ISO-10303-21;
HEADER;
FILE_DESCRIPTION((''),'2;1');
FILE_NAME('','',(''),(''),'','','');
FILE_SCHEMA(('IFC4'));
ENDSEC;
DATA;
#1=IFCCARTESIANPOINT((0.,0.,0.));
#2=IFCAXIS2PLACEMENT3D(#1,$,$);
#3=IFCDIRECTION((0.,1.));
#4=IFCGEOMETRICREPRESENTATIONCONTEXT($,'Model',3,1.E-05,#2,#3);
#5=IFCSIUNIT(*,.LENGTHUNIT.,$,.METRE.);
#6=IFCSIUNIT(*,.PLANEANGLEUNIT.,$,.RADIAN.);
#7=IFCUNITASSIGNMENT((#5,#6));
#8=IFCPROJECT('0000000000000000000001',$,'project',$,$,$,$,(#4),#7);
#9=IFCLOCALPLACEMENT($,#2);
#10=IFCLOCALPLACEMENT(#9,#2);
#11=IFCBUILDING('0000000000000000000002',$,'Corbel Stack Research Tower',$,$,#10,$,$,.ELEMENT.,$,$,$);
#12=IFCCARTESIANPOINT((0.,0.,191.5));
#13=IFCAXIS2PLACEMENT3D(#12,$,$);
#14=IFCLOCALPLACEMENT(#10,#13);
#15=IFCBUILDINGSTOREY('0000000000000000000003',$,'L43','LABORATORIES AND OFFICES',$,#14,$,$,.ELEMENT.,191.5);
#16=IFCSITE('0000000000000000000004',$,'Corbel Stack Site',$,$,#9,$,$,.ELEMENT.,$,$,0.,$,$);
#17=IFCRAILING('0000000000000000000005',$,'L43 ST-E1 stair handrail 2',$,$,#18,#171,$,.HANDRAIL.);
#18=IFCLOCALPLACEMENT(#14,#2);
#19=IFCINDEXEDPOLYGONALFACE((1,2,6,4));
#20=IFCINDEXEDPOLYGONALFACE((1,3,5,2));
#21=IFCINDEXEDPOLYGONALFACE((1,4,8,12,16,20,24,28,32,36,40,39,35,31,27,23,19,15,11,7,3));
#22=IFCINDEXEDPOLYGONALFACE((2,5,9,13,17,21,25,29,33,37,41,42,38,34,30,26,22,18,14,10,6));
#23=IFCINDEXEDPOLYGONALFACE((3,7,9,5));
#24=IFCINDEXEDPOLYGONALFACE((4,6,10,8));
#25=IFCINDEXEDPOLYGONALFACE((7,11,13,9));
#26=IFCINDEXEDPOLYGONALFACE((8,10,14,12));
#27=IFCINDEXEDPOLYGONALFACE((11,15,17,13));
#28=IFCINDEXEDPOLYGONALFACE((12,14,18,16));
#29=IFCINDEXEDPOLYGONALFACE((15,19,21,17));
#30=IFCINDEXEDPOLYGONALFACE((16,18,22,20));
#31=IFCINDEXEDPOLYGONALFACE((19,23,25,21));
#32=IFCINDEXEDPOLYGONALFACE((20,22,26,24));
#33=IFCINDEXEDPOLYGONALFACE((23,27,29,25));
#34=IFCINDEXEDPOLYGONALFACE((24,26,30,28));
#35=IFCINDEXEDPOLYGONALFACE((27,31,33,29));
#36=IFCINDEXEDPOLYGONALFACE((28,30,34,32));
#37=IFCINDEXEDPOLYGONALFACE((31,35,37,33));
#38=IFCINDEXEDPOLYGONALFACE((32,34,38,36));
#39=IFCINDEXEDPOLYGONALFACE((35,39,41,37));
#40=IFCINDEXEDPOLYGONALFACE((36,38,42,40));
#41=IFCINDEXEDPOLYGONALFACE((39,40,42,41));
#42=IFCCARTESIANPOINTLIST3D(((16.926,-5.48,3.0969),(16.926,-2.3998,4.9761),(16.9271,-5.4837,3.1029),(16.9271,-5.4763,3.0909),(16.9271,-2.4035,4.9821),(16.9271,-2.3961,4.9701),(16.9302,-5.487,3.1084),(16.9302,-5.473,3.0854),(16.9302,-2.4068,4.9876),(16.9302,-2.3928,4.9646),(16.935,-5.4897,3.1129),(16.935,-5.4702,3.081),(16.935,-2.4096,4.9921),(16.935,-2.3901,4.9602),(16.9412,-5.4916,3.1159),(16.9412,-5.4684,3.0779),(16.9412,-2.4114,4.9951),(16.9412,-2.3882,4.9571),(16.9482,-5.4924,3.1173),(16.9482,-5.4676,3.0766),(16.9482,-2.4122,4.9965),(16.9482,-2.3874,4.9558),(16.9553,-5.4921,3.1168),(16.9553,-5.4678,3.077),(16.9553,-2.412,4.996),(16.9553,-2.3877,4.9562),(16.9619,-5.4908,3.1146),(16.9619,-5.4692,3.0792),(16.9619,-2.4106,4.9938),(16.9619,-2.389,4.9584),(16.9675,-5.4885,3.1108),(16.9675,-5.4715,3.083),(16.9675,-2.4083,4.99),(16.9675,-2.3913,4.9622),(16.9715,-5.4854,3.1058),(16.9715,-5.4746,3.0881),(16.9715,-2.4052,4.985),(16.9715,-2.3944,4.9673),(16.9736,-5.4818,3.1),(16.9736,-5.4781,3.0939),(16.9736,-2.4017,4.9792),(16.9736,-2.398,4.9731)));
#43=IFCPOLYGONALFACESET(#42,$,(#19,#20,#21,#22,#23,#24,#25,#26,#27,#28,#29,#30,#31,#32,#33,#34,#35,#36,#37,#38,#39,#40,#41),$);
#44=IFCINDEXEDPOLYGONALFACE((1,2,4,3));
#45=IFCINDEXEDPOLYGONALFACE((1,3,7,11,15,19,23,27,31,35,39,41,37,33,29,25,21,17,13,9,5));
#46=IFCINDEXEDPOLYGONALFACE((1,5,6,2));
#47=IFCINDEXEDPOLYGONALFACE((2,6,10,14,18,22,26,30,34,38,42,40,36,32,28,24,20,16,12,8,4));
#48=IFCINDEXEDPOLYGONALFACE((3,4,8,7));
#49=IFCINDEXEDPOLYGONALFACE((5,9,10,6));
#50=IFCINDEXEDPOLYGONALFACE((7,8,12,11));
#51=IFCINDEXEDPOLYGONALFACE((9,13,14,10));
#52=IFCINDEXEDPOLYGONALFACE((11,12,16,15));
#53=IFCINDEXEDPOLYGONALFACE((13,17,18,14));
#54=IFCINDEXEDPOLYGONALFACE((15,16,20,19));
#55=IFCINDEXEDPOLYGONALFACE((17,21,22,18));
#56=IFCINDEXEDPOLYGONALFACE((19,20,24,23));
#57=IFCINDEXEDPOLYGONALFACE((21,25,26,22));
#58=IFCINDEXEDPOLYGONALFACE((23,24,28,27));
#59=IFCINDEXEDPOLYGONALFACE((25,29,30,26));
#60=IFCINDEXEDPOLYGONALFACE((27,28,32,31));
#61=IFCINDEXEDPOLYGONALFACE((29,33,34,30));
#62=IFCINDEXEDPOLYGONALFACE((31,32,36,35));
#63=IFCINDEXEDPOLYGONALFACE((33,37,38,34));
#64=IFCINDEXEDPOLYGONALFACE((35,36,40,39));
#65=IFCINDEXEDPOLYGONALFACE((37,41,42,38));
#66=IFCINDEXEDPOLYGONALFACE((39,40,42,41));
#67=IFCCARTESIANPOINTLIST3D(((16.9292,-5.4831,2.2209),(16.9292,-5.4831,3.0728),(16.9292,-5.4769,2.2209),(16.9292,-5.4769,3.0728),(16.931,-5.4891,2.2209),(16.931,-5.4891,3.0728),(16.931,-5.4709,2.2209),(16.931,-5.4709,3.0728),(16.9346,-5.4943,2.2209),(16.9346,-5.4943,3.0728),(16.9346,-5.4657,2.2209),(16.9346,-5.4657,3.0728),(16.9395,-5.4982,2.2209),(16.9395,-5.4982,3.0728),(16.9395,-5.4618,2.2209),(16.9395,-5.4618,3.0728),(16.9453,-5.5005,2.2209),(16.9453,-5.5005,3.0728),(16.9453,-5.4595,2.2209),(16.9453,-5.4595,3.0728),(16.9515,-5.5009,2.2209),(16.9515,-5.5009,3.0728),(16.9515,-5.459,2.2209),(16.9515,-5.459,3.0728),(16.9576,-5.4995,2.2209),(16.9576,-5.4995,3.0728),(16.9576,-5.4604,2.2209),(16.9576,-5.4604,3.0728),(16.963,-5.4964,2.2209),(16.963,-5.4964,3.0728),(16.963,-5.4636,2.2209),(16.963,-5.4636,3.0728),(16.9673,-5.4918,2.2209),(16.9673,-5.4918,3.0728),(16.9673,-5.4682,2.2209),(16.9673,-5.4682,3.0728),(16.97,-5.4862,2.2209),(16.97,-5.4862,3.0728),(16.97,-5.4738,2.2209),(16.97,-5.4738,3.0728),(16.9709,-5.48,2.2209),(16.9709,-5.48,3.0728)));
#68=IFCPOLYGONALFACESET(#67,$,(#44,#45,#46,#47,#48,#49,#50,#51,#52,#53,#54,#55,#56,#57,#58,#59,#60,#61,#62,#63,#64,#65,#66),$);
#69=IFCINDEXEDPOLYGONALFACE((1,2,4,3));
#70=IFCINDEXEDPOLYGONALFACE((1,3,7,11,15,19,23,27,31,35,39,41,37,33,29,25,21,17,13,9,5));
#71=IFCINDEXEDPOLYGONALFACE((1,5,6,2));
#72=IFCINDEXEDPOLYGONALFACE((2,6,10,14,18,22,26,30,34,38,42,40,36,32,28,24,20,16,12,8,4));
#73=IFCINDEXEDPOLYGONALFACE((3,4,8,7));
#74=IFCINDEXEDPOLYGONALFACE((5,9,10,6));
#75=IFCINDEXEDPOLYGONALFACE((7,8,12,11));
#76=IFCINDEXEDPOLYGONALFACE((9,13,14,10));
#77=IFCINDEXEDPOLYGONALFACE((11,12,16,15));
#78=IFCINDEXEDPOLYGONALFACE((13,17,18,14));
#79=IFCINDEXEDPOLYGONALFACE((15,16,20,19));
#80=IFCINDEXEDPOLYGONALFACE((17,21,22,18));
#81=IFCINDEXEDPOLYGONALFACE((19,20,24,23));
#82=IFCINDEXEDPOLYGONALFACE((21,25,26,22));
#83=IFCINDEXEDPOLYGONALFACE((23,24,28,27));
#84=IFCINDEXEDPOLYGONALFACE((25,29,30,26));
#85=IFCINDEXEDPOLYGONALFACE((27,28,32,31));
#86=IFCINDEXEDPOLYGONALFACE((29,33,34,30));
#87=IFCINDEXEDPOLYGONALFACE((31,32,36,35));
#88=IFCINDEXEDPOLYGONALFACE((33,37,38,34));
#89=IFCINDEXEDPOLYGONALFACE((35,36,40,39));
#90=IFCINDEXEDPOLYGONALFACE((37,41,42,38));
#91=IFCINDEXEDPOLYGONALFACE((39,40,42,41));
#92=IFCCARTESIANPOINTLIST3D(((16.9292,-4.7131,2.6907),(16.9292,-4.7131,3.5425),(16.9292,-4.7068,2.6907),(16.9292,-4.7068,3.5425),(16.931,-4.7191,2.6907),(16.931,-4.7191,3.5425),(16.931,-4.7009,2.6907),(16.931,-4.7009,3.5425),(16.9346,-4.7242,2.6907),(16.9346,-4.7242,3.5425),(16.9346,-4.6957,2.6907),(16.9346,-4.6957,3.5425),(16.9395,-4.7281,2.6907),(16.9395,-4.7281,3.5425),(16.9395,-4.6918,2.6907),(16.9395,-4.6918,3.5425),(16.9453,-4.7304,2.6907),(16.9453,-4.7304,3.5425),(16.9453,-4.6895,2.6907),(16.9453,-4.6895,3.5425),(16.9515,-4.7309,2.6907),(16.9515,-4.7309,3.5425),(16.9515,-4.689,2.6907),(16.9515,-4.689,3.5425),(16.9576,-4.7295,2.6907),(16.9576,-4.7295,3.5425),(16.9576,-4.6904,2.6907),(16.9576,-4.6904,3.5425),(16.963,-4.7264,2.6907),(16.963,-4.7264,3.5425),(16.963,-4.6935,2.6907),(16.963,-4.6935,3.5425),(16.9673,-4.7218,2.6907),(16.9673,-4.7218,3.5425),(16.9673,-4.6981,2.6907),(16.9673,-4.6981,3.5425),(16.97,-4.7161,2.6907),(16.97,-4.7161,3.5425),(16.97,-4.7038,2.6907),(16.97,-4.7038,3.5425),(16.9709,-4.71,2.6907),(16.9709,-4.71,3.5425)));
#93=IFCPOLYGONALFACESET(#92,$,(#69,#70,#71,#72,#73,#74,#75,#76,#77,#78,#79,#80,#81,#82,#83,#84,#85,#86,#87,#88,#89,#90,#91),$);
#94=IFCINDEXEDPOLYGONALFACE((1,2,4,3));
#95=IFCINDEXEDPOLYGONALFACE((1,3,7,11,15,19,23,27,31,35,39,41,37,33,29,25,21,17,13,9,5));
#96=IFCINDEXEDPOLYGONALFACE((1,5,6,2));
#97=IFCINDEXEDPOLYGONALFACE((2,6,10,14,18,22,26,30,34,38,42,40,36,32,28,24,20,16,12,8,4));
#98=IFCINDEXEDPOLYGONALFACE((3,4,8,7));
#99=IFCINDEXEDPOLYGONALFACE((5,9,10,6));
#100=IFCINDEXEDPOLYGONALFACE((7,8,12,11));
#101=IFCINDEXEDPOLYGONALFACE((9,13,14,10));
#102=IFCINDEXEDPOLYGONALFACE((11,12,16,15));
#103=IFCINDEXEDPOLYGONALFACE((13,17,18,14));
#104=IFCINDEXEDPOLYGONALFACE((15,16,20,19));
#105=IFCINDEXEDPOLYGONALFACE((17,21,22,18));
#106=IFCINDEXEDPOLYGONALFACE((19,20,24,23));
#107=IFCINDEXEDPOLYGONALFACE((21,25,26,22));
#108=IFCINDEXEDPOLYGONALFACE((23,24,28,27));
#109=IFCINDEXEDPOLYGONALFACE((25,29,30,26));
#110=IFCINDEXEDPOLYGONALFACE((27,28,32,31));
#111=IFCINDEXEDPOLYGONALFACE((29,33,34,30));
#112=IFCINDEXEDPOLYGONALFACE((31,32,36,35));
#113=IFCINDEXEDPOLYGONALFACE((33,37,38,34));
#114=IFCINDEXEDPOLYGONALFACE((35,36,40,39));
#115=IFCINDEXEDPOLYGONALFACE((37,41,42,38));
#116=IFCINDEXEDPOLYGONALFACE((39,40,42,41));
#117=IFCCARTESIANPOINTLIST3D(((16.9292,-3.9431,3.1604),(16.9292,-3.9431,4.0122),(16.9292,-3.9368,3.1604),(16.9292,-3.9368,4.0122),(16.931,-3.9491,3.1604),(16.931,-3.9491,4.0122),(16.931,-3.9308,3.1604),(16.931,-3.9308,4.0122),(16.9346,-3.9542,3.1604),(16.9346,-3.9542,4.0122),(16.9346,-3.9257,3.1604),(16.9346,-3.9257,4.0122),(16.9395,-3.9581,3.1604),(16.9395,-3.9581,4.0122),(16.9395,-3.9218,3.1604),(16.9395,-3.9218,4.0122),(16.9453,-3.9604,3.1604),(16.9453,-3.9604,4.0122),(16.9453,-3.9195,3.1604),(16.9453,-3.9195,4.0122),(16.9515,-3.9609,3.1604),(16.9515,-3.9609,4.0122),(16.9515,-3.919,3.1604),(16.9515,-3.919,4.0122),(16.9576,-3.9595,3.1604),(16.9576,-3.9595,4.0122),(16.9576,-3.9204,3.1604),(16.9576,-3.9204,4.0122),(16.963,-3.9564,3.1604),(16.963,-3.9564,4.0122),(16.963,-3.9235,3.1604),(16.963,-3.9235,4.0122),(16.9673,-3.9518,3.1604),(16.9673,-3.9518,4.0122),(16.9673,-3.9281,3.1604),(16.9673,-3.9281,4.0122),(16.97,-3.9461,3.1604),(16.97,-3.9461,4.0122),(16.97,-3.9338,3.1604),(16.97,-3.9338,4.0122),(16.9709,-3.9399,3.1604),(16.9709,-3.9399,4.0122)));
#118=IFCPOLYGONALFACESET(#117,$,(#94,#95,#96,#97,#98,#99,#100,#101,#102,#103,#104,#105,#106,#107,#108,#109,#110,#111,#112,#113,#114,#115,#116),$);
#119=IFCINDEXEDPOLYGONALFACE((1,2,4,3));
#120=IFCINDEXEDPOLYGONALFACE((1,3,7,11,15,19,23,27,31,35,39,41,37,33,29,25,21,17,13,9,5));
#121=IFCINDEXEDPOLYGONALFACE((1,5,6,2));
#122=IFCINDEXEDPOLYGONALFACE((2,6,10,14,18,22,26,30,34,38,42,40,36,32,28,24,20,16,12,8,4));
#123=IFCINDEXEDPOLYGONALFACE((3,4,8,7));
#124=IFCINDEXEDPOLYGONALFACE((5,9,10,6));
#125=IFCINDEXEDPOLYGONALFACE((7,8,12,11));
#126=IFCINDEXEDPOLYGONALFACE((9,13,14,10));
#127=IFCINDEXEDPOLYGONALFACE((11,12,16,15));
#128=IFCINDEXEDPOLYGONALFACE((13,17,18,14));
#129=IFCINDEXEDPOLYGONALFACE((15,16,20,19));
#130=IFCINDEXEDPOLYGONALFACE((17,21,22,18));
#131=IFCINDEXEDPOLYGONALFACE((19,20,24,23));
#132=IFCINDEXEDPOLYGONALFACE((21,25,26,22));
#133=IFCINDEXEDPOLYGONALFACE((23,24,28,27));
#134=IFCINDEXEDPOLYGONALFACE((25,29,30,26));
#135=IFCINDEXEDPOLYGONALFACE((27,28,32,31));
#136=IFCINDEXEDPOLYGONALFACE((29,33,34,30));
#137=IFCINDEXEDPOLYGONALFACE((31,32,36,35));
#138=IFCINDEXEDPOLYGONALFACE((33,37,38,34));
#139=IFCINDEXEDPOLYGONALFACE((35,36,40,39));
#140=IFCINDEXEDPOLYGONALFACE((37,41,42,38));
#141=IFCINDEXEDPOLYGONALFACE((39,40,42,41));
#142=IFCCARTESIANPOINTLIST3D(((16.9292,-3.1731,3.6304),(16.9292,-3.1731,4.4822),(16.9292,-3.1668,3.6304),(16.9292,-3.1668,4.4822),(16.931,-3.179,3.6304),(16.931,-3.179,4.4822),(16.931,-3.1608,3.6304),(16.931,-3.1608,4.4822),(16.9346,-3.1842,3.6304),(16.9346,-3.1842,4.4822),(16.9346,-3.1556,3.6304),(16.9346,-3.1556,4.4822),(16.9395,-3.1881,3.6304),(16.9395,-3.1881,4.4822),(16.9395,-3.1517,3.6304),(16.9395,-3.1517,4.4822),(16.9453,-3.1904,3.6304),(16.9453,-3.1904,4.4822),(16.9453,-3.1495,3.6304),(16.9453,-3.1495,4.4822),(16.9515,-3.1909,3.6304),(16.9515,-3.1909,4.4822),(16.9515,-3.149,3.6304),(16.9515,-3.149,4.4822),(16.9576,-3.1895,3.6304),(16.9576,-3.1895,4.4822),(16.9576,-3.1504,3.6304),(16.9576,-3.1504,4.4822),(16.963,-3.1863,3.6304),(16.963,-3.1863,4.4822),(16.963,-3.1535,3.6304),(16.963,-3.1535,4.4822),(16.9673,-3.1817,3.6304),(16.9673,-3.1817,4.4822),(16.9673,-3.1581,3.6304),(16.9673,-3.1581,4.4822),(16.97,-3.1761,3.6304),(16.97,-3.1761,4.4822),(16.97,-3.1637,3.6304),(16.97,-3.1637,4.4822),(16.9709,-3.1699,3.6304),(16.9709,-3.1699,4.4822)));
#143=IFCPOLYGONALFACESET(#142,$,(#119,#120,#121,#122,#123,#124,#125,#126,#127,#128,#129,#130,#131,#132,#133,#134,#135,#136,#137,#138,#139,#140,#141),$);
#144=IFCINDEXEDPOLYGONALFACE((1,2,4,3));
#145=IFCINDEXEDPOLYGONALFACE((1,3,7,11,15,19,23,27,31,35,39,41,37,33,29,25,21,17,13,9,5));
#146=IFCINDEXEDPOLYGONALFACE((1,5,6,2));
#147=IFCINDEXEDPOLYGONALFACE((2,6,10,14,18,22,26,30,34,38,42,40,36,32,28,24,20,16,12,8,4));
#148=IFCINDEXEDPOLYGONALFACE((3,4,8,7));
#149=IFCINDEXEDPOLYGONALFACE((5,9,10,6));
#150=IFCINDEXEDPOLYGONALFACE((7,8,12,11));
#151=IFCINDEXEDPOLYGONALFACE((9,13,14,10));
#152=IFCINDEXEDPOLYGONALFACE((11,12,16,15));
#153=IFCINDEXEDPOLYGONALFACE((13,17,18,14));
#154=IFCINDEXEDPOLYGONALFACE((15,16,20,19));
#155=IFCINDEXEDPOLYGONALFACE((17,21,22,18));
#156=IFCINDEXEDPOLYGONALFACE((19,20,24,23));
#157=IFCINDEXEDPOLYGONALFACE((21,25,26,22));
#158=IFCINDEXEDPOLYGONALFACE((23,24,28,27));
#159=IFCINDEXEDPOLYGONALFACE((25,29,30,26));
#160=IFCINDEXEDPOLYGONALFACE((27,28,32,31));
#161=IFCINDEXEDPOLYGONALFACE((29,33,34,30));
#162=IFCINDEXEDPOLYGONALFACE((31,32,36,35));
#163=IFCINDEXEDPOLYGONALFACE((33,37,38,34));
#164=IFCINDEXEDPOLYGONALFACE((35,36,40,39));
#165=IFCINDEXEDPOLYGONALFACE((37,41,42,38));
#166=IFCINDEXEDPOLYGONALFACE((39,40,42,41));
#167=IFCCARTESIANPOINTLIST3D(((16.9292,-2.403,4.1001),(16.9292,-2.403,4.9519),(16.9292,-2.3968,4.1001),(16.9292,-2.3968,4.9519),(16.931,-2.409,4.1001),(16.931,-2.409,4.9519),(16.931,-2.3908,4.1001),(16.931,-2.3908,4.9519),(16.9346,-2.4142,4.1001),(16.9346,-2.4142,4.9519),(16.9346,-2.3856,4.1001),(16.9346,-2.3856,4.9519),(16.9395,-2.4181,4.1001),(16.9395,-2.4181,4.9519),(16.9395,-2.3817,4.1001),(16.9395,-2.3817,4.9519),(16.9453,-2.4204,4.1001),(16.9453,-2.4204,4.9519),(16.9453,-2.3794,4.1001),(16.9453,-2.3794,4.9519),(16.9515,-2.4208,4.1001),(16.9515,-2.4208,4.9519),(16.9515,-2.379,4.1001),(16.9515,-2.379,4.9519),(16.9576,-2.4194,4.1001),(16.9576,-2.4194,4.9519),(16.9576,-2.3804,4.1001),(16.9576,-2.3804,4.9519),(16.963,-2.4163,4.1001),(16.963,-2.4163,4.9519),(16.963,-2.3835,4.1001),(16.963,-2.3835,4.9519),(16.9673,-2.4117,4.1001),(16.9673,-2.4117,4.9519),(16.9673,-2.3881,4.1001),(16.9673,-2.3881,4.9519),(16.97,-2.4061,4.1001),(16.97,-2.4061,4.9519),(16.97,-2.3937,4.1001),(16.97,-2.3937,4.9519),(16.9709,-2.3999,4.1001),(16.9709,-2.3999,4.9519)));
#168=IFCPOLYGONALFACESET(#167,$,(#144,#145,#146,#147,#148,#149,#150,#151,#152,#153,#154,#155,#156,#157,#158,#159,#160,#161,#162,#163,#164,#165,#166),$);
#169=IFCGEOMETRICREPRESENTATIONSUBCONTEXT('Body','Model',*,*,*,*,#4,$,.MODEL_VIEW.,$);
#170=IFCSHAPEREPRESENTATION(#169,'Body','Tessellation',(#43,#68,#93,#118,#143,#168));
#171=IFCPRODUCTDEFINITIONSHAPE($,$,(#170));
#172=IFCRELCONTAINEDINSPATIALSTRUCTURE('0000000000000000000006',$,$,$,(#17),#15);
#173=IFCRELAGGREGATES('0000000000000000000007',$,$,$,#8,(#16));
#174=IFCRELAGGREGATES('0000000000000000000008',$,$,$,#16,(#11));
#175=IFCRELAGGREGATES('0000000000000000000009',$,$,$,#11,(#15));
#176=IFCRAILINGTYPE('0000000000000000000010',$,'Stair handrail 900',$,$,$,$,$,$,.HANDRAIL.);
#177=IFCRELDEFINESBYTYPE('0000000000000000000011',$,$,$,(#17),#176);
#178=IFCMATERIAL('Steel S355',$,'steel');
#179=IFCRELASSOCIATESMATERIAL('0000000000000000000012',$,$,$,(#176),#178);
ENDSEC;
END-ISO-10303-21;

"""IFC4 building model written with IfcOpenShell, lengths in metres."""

from ifc_helpers import new_model, si_unit, direction, frame, origin, origin_2d, place, context, subcontext, project, spatial, circle, extrude, material, type_object, element, save


model = new_model("IFC4")

# Units and contexts
model_context = context("Model", 3, precision=1e-05, world=origin(), true_north=direction((0.0, 1.0)))
body_context = subcontext(model_context, "Body", "Model", "MODEL_VIEW")
ifc_project = project(units=[si_unit("LENGTHUNIT", "METRE"), si_unit("PLANEANGLEUNIT", "RADIAN")], contexts=[model_context])

# Site, building, storey
site_placement = place(None, origin())
site = spatial("IfcSite", under=ifc_project, at=site_placement, Name="Corbel Stack Site", CompositionType="ELEMENT", RefElevation=0.0)
building_placement = place(site_placement, origin())
building = spatial("IfcBuilding", under=site, at=building_placement, Name="Corbel Stack Research Tower", CompositionType="ELEMENT")
storey_placement = place(building_placement, frame((0.0, 0.0, 191.5)))
storey = spatial("IfcBuildingStorey", under=building, at=storey_placement, Name="L43", Description="LABORATORIES AND OFFICES", CompositionType="ELEMENT", Elevation=191.5)

# Railing
ifc_material_1 = material(Name="Steel S355", Category="steel")
railing_type_1 = type_object("IfcRailingType", Name="Stair handrail 900", PredefinedType="HANDRAIL", material=ifc_material_1)
railing_1_placement = place(storey_placement, frame((16.95, -5.48, 2.2209)))
element("IfcRailing", 1, at=railing_1_placement, inside=storey, type_object=railing_type_1, Name="L43 ST-E1 stair handrail 2", PredefinedType="HANDRAIL", context=body_context, shape_type="SweptSolid", body=[
    extrude(circle(Radius=0.0239, at=origin_2d()), frame((0.0, 0.0, 0.876), z_axis=(0.0, 0.853666, 0.52082), x_axis=(-1.0, 0.0, 0.0)), (0.0, 0.0, 1.0), 3.6082),
    extrude(circle(Radius=0.021, at=origin_2d()), origin(), (0.0, 0.0, 1.0), 0.8518),
    extrude(circle(Radius=0.021, at=origin_2d()), frame((0.0, 0.77, 0.4697)), (0.0, 0.0, 1.0), 0.8518),
    extrude(circle(Radius=0.021, at=origin_2d()), frame((0.0, 1.54, 0.9395)), (0.0, 0.0, 1.0), 0.8518),
    extrude(circle(Radius=0.021, at=origin_2d()), frame((0.0, 2.3101, 1.4094)), (0.0, 0.0, 1.0), 0.8518),
    extrude(circle(Radius=0.021, at=origin_2d()), frame((0.0, 3.0801, 1.8792)), (0.0, 0.0, 1.0), 0.8518),
])

save(model, "model.ifc")
